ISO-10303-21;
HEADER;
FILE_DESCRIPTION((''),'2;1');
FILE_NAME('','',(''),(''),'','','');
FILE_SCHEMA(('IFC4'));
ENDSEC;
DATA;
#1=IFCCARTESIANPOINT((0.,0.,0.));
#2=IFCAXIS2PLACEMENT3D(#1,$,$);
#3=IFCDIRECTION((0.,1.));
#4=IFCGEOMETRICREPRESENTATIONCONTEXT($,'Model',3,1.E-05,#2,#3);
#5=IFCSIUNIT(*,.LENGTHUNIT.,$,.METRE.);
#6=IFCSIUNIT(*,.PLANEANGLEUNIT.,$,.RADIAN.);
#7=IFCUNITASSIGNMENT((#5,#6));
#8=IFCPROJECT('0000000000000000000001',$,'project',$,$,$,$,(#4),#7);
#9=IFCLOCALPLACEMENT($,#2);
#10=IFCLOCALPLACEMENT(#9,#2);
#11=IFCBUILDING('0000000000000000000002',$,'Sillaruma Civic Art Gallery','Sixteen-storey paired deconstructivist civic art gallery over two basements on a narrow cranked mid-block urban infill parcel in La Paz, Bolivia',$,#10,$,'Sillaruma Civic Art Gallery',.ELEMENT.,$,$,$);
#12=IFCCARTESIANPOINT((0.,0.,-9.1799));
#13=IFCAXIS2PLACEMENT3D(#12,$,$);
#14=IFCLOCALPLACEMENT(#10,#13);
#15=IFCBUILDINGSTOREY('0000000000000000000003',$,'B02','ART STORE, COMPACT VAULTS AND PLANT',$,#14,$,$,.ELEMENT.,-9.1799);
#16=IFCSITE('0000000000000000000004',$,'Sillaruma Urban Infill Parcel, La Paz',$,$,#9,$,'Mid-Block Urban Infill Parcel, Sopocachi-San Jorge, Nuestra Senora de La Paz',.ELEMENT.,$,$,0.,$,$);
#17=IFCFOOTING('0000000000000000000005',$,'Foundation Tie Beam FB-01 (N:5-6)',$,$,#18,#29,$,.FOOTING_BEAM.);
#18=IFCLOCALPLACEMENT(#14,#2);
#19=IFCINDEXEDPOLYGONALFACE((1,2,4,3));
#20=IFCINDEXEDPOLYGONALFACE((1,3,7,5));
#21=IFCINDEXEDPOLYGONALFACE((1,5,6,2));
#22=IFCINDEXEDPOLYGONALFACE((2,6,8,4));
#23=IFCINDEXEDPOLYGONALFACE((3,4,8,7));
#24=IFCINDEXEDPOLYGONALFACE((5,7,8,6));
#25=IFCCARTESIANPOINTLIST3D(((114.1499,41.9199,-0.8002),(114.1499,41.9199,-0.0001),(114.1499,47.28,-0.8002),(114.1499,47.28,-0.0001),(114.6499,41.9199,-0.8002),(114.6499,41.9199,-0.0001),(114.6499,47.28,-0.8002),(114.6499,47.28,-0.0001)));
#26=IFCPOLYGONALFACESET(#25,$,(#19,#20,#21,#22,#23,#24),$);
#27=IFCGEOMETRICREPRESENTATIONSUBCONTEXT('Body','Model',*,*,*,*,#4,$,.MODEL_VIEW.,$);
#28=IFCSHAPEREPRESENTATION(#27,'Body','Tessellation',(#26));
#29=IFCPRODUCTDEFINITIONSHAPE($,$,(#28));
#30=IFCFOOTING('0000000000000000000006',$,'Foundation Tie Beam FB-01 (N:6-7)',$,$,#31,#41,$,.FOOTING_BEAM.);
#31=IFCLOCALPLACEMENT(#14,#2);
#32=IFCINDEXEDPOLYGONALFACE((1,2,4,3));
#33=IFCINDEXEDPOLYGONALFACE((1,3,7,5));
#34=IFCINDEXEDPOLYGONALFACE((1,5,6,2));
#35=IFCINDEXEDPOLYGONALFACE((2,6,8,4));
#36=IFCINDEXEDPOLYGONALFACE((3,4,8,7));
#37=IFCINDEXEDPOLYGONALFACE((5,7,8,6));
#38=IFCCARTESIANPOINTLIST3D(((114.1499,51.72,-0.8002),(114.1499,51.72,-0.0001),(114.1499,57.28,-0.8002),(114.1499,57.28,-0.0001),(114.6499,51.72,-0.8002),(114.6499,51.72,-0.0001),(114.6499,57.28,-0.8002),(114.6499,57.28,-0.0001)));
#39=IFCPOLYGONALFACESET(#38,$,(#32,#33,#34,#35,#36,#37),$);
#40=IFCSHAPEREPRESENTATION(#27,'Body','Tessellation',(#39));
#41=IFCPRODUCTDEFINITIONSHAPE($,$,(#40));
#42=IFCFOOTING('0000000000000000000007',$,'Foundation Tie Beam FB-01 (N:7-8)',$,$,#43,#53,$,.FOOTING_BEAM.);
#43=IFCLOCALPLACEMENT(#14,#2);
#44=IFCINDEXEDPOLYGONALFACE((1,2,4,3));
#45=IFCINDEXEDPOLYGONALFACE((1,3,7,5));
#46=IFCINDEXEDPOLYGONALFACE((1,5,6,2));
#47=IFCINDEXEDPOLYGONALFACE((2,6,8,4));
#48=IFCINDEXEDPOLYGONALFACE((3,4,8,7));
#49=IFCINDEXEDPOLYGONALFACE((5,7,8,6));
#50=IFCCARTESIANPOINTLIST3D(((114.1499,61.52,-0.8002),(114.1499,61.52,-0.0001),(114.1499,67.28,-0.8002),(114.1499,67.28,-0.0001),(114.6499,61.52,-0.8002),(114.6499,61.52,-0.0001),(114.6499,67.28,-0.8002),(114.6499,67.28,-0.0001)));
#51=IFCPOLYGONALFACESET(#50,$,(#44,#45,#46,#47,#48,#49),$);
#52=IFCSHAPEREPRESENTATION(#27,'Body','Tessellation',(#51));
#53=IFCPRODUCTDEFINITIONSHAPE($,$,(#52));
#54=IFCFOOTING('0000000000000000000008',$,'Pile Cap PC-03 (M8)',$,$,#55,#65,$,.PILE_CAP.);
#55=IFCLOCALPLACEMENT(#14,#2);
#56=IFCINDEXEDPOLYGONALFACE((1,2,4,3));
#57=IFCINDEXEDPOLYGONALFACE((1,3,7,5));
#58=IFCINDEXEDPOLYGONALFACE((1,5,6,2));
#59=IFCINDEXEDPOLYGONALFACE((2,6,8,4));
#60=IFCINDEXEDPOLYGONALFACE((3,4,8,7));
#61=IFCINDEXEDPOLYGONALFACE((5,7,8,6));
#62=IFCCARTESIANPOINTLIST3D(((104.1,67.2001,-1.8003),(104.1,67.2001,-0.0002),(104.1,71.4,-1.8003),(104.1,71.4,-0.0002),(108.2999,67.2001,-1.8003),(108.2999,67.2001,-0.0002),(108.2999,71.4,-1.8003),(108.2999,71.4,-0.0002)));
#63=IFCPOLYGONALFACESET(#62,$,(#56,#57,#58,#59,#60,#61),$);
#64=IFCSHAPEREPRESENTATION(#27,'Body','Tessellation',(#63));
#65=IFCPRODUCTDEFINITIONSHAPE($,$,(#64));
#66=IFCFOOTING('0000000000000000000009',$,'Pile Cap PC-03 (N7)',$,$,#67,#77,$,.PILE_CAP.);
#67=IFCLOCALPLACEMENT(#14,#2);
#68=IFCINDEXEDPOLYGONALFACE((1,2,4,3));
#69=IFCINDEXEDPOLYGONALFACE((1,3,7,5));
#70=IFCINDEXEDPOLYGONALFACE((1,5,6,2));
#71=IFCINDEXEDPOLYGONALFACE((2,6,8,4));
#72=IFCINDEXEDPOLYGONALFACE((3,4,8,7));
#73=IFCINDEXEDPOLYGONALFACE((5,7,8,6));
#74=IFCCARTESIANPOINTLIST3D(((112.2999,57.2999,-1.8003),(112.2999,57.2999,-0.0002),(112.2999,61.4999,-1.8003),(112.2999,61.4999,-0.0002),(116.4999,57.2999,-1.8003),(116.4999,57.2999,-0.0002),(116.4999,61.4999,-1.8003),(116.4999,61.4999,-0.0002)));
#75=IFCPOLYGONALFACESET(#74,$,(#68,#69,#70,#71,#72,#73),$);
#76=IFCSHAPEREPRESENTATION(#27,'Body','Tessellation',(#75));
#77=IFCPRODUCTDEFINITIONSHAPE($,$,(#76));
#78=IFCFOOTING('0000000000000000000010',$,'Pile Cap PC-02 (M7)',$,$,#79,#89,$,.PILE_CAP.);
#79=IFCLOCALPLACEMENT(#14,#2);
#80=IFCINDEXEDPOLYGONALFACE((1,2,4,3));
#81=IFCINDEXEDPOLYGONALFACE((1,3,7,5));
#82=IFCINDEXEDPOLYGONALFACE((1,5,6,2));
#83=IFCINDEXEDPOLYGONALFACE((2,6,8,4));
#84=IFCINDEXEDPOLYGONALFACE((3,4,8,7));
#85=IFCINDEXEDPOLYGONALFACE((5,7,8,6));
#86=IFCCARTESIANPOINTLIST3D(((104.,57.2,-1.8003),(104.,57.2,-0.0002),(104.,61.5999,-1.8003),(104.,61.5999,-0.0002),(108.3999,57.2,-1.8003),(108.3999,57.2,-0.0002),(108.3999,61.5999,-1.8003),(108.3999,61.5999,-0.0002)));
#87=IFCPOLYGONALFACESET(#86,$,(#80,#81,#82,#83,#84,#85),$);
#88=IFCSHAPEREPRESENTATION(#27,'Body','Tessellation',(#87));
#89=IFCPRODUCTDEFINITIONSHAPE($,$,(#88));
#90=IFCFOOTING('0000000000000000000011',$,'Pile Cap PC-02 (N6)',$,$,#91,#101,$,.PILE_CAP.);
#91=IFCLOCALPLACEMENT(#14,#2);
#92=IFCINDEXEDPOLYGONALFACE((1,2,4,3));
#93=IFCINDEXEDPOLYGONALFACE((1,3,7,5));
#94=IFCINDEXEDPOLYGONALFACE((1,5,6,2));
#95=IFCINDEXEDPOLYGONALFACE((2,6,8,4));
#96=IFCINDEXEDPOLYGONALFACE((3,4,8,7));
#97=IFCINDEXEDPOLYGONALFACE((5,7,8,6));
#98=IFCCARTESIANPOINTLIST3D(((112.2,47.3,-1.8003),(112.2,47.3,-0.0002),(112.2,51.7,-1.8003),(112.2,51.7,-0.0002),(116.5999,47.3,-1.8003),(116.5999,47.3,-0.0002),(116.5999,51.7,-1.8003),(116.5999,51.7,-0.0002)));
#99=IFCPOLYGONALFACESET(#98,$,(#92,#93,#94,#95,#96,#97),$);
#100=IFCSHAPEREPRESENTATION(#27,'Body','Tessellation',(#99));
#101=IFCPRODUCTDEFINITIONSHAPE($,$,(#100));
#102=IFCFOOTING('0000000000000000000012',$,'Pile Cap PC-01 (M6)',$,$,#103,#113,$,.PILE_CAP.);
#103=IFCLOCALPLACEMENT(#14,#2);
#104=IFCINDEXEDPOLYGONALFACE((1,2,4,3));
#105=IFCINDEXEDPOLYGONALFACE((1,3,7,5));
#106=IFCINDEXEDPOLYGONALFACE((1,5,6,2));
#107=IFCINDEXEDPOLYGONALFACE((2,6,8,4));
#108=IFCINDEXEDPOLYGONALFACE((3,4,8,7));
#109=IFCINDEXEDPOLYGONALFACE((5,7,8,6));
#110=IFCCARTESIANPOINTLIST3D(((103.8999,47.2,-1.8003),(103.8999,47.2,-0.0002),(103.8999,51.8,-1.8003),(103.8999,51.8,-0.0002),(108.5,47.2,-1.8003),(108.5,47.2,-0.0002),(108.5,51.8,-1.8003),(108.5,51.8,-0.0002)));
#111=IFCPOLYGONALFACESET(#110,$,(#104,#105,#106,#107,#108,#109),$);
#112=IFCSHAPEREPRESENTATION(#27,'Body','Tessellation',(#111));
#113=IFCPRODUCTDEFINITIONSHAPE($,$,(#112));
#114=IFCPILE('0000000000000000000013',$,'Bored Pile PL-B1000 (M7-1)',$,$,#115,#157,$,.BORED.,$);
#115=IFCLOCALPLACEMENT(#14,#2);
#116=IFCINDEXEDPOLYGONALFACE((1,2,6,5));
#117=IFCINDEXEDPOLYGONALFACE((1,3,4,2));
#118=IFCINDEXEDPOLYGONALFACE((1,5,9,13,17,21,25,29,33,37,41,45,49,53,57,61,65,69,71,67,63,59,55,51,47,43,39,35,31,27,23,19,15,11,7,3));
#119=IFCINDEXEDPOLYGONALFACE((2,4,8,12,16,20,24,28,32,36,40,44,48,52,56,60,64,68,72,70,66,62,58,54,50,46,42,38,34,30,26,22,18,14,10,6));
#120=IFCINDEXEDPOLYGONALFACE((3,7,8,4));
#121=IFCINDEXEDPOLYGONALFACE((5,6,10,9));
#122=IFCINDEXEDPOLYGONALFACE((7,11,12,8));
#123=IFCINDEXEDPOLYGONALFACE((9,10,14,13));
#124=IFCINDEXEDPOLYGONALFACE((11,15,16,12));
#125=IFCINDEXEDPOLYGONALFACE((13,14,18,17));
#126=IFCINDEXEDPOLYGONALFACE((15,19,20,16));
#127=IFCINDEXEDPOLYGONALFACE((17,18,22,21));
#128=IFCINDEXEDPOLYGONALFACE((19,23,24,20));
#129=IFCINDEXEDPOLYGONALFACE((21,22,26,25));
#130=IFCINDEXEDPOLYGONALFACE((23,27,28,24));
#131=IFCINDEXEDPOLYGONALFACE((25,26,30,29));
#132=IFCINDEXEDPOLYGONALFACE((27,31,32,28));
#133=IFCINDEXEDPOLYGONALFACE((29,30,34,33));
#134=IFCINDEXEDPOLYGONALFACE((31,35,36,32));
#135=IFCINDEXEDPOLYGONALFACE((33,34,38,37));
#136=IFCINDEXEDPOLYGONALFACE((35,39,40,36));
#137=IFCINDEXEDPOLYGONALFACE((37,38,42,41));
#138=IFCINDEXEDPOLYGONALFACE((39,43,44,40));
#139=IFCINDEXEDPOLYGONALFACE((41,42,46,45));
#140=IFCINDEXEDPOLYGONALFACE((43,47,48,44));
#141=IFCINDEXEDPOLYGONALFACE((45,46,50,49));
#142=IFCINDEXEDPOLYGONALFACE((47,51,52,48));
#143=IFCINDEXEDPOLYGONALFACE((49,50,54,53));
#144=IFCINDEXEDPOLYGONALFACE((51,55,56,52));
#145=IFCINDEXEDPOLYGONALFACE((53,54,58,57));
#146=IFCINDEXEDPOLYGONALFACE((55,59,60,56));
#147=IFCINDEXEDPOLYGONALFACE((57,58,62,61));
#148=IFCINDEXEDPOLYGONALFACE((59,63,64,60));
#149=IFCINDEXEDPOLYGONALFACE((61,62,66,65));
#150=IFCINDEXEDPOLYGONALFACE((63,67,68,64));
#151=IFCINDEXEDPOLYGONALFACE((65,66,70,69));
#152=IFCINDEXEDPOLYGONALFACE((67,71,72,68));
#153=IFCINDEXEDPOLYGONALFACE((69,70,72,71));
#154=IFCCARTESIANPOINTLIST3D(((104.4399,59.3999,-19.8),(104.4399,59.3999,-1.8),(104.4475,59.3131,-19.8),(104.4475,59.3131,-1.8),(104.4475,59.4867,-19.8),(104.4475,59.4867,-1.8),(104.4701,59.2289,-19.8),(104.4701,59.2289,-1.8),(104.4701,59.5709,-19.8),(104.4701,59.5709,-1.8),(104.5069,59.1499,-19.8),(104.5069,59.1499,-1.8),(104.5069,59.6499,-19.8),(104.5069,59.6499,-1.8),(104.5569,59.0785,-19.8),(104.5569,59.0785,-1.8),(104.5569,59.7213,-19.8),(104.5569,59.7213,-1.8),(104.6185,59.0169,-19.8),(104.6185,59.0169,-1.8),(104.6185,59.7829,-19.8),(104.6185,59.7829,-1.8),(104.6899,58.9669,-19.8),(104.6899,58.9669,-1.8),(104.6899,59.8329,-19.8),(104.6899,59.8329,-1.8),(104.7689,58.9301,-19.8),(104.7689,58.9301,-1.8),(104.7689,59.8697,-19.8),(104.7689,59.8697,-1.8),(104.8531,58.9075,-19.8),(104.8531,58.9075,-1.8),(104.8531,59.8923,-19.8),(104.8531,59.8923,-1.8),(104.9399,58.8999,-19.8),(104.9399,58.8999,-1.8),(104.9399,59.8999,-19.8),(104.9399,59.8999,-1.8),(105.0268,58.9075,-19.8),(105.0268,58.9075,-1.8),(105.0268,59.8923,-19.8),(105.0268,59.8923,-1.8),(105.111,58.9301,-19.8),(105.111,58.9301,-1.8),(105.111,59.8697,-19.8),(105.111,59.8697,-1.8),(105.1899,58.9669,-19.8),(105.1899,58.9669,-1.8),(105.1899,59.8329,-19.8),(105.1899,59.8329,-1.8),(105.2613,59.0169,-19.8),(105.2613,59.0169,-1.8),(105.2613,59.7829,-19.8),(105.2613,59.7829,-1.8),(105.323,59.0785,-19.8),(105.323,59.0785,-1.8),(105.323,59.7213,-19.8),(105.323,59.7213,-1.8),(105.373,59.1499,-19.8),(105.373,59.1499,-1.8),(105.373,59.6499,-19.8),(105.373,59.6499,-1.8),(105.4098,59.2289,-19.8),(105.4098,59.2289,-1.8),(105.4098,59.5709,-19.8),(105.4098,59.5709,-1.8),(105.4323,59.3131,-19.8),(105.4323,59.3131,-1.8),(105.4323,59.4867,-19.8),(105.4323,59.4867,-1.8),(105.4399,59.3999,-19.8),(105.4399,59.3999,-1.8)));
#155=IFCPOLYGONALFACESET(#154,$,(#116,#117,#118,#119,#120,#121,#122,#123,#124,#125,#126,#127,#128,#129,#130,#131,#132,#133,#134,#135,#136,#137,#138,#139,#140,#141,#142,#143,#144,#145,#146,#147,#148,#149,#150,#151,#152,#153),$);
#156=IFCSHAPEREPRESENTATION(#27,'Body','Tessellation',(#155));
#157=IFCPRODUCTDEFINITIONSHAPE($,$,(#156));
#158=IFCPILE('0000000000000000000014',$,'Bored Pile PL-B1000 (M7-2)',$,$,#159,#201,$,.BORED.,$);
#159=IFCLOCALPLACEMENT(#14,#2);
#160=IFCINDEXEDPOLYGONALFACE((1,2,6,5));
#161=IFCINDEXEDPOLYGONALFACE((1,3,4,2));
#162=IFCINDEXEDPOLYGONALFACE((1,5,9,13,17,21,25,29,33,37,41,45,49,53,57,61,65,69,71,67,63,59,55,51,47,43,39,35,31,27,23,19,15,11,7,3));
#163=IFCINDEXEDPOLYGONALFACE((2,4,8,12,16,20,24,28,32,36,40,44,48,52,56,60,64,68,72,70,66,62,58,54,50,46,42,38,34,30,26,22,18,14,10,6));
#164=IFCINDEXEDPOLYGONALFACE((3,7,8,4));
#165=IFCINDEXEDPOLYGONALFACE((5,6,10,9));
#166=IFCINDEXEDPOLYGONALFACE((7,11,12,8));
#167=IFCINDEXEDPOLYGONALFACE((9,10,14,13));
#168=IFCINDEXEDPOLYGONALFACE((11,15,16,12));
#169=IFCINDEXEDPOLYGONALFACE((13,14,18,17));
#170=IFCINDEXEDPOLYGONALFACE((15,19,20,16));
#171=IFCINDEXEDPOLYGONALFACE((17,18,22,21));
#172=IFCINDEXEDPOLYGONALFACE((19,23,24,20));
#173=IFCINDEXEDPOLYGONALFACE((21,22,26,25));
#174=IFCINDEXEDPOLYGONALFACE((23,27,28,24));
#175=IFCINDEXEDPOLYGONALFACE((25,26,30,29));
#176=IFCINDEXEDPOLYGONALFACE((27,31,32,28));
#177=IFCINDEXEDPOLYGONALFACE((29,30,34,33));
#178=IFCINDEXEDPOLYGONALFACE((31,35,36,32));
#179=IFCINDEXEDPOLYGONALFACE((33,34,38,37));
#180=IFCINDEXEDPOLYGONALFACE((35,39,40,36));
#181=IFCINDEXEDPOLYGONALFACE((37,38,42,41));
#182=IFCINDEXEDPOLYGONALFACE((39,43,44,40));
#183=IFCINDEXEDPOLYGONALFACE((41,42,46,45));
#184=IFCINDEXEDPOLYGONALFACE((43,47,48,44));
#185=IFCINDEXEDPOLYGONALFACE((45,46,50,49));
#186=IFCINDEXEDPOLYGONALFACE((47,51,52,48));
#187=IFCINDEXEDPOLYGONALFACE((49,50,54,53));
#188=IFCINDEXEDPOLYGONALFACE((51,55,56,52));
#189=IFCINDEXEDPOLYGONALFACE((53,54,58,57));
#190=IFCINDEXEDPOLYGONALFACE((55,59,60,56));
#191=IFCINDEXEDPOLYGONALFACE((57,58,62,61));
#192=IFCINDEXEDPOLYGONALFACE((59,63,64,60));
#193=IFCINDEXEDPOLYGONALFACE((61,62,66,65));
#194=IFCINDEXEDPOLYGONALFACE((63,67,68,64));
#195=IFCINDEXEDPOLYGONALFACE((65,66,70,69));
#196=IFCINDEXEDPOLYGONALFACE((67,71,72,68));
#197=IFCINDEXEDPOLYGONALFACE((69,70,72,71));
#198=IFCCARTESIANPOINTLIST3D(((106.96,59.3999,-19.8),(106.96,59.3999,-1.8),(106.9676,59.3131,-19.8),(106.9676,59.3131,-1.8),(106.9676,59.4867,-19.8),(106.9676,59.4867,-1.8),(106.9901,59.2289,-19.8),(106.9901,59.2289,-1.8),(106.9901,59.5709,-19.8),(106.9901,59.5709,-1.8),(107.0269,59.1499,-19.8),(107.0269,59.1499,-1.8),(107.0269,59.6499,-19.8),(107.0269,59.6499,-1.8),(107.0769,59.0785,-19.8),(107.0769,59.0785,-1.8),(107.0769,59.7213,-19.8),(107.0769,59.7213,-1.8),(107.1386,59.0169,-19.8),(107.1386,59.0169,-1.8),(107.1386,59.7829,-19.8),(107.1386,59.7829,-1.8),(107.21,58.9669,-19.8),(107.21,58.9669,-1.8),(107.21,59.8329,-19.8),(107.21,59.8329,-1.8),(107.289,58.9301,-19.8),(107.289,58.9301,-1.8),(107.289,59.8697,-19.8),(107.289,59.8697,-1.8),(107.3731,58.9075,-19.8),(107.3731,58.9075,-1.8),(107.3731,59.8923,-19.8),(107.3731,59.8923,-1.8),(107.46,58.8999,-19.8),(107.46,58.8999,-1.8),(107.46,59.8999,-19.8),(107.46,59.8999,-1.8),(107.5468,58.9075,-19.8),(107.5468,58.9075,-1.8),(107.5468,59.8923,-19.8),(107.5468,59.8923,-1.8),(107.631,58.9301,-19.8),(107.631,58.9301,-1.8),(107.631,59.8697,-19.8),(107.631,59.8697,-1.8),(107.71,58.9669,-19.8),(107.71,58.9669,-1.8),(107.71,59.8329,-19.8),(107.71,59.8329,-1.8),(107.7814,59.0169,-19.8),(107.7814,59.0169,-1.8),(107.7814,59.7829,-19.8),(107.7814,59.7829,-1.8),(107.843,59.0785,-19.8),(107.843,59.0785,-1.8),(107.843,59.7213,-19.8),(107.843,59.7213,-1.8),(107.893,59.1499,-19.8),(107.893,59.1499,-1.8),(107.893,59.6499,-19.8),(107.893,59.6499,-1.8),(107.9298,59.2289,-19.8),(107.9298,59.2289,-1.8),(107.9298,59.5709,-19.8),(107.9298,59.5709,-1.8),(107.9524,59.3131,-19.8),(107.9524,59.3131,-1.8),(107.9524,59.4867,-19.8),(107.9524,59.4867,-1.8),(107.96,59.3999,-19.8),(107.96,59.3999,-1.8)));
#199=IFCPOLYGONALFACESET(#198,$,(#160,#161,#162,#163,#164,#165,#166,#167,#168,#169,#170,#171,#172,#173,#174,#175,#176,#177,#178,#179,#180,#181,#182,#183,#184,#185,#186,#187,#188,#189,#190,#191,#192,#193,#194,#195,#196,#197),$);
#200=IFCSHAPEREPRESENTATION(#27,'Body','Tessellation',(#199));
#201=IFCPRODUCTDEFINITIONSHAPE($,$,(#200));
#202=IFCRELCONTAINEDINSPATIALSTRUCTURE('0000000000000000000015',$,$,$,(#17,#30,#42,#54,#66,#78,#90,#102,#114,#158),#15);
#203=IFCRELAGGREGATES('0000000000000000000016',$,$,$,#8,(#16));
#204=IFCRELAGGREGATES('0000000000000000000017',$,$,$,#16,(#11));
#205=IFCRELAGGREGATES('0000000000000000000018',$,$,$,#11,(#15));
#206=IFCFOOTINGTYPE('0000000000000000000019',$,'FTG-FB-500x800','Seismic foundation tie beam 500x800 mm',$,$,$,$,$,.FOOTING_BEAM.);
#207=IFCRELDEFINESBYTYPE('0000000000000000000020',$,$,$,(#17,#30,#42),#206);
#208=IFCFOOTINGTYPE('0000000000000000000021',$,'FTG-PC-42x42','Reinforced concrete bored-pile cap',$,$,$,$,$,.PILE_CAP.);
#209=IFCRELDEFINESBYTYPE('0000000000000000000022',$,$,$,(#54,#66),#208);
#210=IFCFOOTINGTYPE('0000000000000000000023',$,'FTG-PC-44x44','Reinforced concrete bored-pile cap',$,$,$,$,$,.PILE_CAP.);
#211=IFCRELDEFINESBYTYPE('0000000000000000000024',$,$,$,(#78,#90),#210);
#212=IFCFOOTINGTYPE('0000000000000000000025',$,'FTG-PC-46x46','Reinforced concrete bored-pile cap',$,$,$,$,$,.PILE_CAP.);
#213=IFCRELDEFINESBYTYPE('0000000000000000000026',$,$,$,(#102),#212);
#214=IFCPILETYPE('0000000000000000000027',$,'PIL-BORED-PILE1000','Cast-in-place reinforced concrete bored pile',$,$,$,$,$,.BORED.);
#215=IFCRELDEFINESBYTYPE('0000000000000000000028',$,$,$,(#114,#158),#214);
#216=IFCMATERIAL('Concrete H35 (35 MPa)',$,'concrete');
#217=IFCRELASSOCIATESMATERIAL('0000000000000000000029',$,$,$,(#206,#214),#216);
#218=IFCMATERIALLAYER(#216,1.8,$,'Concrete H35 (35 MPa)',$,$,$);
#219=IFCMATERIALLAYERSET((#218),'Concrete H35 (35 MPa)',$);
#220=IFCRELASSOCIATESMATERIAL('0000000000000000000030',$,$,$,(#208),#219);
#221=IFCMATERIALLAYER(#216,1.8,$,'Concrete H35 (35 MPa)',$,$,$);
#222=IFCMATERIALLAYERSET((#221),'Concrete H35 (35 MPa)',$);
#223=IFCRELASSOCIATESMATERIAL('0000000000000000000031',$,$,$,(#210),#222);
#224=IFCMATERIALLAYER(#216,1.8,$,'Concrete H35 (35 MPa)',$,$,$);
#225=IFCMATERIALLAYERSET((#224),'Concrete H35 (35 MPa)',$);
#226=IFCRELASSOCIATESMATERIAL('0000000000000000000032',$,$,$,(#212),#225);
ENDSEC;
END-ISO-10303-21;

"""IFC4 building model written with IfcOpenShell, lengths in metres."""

from ifc_helpers import new_model, si_unit, direction, frame, origin, origin_2d, place, context, subcontext, project, spatial, rectangle, circle, extrude, material, layer, layer_set, material_profile, profile_set, type_object, element, save


model = new_model("IFC4")

# Units and contexts
model_context = context("Model", 3, precision=1e-05, world=origin(), true_north=direction((0.0, 1.0)))
body_context = subcontext(model_context, "Body", "Model", "MODEL_VIEW")
ifc_project = project(units=[si_unit("LENGTHUNIT", "METRE"), si_unit("PLANEANGLEUNIT", "RADIAN")], contexts=[model_context])

# Site, building, storey
site_placement = place(None, origin())
site = spatial("IfcSite", under=ifc_project, at=site_placement, Name="Sillaruma Urban Infill Parcel, La Paz", LongName="Mid-Block Urban Infill Parcel, Sopocachi-San Jorge, Nuestra Senora de La Paz", CompositionType="ELEMENT", RefElevation=0.0)
building_placement = place(site_placement, origin())
building = spatial("IfcBuilding", under=site, at=building_placement, Name="Sillaruma Civic Art Gallery", Description="Sixteen-storey paired deconstructivist civic art gallery over two basements on a narrow cranked mid-block urban infill parcel in La Paz, Bolivia", LongName="Sillaruma Civic Art Gallery", CompositionType="ELEMENT")
storey_placement = place(building_placement, frame((0.0, 0.0, -9.1799)))
storey = spatial("IfcBuildingStorey", under=building, at=storey_placement, Name="B02", Description="ART STORE, COMPACT VAULTS AND PLANT", CompositionType="ELEMENT", Elevation=-9.1799)

# Footings
ifc_material_1 = material(Name="Concrete H35 (35 MPa)", Category="concrete")
ifc_material_profile_1 = material_profile(ifc_material_1, rectangle(XDim=0.5, YDim=0.8, at=origin_2d()), Name="RCB500x800")
ifc_profile_set_1 = profile_set([ifc_material_profile_1], Name="Concrete H35 (35 MPa)")
footing_type_1 = type_object("IfcFootingType", Name="FTG-FB-500x800", Description="Seismic foundation tie beam 500x800 mm", PredefinedType="FOOTING_BEAM", material=ifc_profile_set_1)
footing_1_placement = place(storey_placement, frame((114.3999, 41.9199, -0.4001), z_axis=(0.0, 1.0, 0.0), x_axis=(-1.0, 0.0, 0.0)))
element("IfcFooting", 1, at=footing_1_placement, inside=storey, type_object=footing_type_1, Name="Foundation Tie Beam FB-01 (N:5-6)", PredefinedType="FOOTING_BEAM", context=body_context, shape_type="SweptSolid", body=[
    extrude(rectangle(XDim=0.5, YDim=0.8, at=origin_2d()), origin(), (0.0, 0.0, 1.0), 5.3601),
])
footing_2_placement = place(storey_placement, frame((114.3999, 51.72, -0.4001), z_axis=(0.0, 1.0, 0.0), x_axis=(-1.0, 0.0, 0.0)))
element("IfcFooting", 2, at=footing_2_placement, inside=storey, type_object=footing_type_1, Name="Foundation Tie Beam FB-01 (N:6-7)", PredefinedType="FOOTING_BEAM", context=body_context, shape_type="SweptSolid", body=[
    extrude(rectangle(XDim=0.5, YDim=0.8, at=origin_2d()), origin(), (0.0, 0.0, 1.0), 5.5601),
])
footing_3_placement = place(storey_placement, frame((114.3999, 61.52, -0.4001), z_axis=(0.0, 1.0, 0.0), x_axis=(-1.0, 0.0, 0.0)))
element("IfcFooting", 3, at=footing_3_placement, inside=storey, type_object=footing_type_1, Name="Foundation Tie Beam FB-01 (N:7-8)", PredefinedType="FOOTING_BEAM", context=body_context, shape_type="SweptSolid", body=[
    extrude(rectangle(XDim=0.5, YDim=0.8, at=origin_2d()), origin(), (0.0, 0.0, 1.0), 5.76),
])
ifc_layer_1 = layer(ifc_material_1, 1.8, Name="Concrete H35 (35 MPa)")
ifc_layer_set_1 = layer_set([ifc_layer_1], Name="Concrete H35 (35 MPa)")
footing_type_2 = type_object("IfcFootingType", Name="FTG-PC-42x42", Description="Reinforced concrete bored-pile cap", PredefinedType="PILE_CAP", material=ifc_layer_set_1)
for number, where, z_axis, x_axis, name in (
    (4, (106.2, 69.3, -1.8003), (0.0, 0.0, 1.0), (1.0, 0.0, 0.0), "Pile Cap PC-03 (M8)"),
    (5, (114.3999, 59.3999, -1.8003), (0.0, 0.0, 1.0), (1.0, 0.0, 0.0), "Pile Cap PC-03 (N7)"),
):
    element("IfcFooting", number, at=place(storey_placement, frame(where, z_axis=z_axis, x_axis=x_axis)), inside=storey, type_object=footing_type_2, Name=name, PredefinedType="PILE_CAP", context=body_context, shape_type="SweptSolid", body=[
        extrude(rectangle(XDim=4.2, YDim=4.2, at=origin_2d()), origin(), (0.0, 0.0, 1.0), 1.8),
    ])
ifc_layer_2 = layer(ifc_material_1, 1.8, Name="Concrete H35 (35 MPa)")
ifc_layer_set_2 = layer_set([ifc_layer_2], Name="Concrete H35 (35 MPa)")
footing_type_3 = type_object("IfcFootingType", Name="FTG-PC-44x44", Description="Reinforced concrete bored-pile cap", PredefinedType="PILE_CAP", material=ifc_layer_set_2)
for number, where, z_axis, x_axis, name in (
    (6, (106.2, 59.3999, -1.8003), (0.0, 0.0, 1.0), (1.0, 0.0, 0.0), "Pile Cap PC-02 (M7)"),
    (7, (114.3999, 49.5, -1.8003), (0.0, 0.0, 1.0), (1.0, 0.0, 0.0), "Pile Cap PC-02 (N6)"),
):
    element("IfcFooting", number, at=place(storey_placement, frame(where, z_axis=z_axis, x_axis=x_axis)), inside=storey, type_object=footing_type_3, Name=name, PredefinedType="PILE_CAP", context=body_context, shape_type="SweptSolid", body=[
        extrude(rectangle(XDim=4.3999, YDim=4.3999, at=origin_2d()), origin(), (0.0, 0.0, 1.0), 1.8),
    ])
ifc_layer_3 = layer(ifc_material_1, 1.8, Name="Concrete H35 (35 MPa)")
ifc_layer_set_3 = layer_set([ifc_layer_3], Name="Concrete H35 (35 MPa)")
footing_type_4 = type_object("IfcFootingType", Name="FTG-PC-46x46", Description="Reinforced concrete bored-pile cap", PredefinedType="PILE_CAP", material=ifc_layer_set_3)
footing_4_placement = place(storey_placement, frame((106.2, 49.5, -1.8003), z_axis=(0.0, 0.0, 1.0), x_axis=(1.0, 0.0, 0.0)))
element("IfcFooting", 8, at=footing_4_placement, inside=storey, type_object=footing_type_4, Name="Pile Cap PC-01 (M6)", PredefinedType="PILE_CAP", context=body_context, shape_type="SweptSolid", body=[
    extrude(rectangle(XDim=4.6001, YDim=4.6001, at=origin_2d()), origin(), (0.0, 0.0, 1.0), 1.8),
])

# Piles
ifc_material_profile_2 = material_profile(ifc_material_1, circle(Radius=0.5, at=origin_2d()), Name="PILE1000")
ifc_profile_set_2 = profile_set([ifc_material_profile_2], Name="Concrete H35 (35 MPa)")
pile_type_1 = type_object("IfcPileType", Name="PIL-BORED-PILE1000", Description="Cast-in-place reinforced concrete bored pile", PredefinedType="BORED", material=ifc_profile_set_2)
for number, where, z_axis, x_axis, name in (
    (9, (104.9399, 59.3999, -1.8), (0.0, 0.0, -1.0), (1.0, 0.0, 0.0), "Bored Pile PL-B1000 (M7-1)"),
    (10, (107.46, 59.3999, -1.8), (0.0, 0.0, -1.0), (1.0, 0.0, 0.0), "Bored Pile PL-B1000 (M7-2)"),
):
    element("IfcPile", number, at=place(storey_placement, frame(where, z_axis=z_axis, x_axis=x_axis)), inside=storey, type_object=pile_type_1, Name=name, PredefinedType="BORED", context=body_context, shape_type="SweptSolid", body=[
        extrude(circle(Radius=0.5, at=origin_2d()), origin(), (0.0, 0.0, 1.0), 18.0),
    ])

save(model, "model.ifc")
